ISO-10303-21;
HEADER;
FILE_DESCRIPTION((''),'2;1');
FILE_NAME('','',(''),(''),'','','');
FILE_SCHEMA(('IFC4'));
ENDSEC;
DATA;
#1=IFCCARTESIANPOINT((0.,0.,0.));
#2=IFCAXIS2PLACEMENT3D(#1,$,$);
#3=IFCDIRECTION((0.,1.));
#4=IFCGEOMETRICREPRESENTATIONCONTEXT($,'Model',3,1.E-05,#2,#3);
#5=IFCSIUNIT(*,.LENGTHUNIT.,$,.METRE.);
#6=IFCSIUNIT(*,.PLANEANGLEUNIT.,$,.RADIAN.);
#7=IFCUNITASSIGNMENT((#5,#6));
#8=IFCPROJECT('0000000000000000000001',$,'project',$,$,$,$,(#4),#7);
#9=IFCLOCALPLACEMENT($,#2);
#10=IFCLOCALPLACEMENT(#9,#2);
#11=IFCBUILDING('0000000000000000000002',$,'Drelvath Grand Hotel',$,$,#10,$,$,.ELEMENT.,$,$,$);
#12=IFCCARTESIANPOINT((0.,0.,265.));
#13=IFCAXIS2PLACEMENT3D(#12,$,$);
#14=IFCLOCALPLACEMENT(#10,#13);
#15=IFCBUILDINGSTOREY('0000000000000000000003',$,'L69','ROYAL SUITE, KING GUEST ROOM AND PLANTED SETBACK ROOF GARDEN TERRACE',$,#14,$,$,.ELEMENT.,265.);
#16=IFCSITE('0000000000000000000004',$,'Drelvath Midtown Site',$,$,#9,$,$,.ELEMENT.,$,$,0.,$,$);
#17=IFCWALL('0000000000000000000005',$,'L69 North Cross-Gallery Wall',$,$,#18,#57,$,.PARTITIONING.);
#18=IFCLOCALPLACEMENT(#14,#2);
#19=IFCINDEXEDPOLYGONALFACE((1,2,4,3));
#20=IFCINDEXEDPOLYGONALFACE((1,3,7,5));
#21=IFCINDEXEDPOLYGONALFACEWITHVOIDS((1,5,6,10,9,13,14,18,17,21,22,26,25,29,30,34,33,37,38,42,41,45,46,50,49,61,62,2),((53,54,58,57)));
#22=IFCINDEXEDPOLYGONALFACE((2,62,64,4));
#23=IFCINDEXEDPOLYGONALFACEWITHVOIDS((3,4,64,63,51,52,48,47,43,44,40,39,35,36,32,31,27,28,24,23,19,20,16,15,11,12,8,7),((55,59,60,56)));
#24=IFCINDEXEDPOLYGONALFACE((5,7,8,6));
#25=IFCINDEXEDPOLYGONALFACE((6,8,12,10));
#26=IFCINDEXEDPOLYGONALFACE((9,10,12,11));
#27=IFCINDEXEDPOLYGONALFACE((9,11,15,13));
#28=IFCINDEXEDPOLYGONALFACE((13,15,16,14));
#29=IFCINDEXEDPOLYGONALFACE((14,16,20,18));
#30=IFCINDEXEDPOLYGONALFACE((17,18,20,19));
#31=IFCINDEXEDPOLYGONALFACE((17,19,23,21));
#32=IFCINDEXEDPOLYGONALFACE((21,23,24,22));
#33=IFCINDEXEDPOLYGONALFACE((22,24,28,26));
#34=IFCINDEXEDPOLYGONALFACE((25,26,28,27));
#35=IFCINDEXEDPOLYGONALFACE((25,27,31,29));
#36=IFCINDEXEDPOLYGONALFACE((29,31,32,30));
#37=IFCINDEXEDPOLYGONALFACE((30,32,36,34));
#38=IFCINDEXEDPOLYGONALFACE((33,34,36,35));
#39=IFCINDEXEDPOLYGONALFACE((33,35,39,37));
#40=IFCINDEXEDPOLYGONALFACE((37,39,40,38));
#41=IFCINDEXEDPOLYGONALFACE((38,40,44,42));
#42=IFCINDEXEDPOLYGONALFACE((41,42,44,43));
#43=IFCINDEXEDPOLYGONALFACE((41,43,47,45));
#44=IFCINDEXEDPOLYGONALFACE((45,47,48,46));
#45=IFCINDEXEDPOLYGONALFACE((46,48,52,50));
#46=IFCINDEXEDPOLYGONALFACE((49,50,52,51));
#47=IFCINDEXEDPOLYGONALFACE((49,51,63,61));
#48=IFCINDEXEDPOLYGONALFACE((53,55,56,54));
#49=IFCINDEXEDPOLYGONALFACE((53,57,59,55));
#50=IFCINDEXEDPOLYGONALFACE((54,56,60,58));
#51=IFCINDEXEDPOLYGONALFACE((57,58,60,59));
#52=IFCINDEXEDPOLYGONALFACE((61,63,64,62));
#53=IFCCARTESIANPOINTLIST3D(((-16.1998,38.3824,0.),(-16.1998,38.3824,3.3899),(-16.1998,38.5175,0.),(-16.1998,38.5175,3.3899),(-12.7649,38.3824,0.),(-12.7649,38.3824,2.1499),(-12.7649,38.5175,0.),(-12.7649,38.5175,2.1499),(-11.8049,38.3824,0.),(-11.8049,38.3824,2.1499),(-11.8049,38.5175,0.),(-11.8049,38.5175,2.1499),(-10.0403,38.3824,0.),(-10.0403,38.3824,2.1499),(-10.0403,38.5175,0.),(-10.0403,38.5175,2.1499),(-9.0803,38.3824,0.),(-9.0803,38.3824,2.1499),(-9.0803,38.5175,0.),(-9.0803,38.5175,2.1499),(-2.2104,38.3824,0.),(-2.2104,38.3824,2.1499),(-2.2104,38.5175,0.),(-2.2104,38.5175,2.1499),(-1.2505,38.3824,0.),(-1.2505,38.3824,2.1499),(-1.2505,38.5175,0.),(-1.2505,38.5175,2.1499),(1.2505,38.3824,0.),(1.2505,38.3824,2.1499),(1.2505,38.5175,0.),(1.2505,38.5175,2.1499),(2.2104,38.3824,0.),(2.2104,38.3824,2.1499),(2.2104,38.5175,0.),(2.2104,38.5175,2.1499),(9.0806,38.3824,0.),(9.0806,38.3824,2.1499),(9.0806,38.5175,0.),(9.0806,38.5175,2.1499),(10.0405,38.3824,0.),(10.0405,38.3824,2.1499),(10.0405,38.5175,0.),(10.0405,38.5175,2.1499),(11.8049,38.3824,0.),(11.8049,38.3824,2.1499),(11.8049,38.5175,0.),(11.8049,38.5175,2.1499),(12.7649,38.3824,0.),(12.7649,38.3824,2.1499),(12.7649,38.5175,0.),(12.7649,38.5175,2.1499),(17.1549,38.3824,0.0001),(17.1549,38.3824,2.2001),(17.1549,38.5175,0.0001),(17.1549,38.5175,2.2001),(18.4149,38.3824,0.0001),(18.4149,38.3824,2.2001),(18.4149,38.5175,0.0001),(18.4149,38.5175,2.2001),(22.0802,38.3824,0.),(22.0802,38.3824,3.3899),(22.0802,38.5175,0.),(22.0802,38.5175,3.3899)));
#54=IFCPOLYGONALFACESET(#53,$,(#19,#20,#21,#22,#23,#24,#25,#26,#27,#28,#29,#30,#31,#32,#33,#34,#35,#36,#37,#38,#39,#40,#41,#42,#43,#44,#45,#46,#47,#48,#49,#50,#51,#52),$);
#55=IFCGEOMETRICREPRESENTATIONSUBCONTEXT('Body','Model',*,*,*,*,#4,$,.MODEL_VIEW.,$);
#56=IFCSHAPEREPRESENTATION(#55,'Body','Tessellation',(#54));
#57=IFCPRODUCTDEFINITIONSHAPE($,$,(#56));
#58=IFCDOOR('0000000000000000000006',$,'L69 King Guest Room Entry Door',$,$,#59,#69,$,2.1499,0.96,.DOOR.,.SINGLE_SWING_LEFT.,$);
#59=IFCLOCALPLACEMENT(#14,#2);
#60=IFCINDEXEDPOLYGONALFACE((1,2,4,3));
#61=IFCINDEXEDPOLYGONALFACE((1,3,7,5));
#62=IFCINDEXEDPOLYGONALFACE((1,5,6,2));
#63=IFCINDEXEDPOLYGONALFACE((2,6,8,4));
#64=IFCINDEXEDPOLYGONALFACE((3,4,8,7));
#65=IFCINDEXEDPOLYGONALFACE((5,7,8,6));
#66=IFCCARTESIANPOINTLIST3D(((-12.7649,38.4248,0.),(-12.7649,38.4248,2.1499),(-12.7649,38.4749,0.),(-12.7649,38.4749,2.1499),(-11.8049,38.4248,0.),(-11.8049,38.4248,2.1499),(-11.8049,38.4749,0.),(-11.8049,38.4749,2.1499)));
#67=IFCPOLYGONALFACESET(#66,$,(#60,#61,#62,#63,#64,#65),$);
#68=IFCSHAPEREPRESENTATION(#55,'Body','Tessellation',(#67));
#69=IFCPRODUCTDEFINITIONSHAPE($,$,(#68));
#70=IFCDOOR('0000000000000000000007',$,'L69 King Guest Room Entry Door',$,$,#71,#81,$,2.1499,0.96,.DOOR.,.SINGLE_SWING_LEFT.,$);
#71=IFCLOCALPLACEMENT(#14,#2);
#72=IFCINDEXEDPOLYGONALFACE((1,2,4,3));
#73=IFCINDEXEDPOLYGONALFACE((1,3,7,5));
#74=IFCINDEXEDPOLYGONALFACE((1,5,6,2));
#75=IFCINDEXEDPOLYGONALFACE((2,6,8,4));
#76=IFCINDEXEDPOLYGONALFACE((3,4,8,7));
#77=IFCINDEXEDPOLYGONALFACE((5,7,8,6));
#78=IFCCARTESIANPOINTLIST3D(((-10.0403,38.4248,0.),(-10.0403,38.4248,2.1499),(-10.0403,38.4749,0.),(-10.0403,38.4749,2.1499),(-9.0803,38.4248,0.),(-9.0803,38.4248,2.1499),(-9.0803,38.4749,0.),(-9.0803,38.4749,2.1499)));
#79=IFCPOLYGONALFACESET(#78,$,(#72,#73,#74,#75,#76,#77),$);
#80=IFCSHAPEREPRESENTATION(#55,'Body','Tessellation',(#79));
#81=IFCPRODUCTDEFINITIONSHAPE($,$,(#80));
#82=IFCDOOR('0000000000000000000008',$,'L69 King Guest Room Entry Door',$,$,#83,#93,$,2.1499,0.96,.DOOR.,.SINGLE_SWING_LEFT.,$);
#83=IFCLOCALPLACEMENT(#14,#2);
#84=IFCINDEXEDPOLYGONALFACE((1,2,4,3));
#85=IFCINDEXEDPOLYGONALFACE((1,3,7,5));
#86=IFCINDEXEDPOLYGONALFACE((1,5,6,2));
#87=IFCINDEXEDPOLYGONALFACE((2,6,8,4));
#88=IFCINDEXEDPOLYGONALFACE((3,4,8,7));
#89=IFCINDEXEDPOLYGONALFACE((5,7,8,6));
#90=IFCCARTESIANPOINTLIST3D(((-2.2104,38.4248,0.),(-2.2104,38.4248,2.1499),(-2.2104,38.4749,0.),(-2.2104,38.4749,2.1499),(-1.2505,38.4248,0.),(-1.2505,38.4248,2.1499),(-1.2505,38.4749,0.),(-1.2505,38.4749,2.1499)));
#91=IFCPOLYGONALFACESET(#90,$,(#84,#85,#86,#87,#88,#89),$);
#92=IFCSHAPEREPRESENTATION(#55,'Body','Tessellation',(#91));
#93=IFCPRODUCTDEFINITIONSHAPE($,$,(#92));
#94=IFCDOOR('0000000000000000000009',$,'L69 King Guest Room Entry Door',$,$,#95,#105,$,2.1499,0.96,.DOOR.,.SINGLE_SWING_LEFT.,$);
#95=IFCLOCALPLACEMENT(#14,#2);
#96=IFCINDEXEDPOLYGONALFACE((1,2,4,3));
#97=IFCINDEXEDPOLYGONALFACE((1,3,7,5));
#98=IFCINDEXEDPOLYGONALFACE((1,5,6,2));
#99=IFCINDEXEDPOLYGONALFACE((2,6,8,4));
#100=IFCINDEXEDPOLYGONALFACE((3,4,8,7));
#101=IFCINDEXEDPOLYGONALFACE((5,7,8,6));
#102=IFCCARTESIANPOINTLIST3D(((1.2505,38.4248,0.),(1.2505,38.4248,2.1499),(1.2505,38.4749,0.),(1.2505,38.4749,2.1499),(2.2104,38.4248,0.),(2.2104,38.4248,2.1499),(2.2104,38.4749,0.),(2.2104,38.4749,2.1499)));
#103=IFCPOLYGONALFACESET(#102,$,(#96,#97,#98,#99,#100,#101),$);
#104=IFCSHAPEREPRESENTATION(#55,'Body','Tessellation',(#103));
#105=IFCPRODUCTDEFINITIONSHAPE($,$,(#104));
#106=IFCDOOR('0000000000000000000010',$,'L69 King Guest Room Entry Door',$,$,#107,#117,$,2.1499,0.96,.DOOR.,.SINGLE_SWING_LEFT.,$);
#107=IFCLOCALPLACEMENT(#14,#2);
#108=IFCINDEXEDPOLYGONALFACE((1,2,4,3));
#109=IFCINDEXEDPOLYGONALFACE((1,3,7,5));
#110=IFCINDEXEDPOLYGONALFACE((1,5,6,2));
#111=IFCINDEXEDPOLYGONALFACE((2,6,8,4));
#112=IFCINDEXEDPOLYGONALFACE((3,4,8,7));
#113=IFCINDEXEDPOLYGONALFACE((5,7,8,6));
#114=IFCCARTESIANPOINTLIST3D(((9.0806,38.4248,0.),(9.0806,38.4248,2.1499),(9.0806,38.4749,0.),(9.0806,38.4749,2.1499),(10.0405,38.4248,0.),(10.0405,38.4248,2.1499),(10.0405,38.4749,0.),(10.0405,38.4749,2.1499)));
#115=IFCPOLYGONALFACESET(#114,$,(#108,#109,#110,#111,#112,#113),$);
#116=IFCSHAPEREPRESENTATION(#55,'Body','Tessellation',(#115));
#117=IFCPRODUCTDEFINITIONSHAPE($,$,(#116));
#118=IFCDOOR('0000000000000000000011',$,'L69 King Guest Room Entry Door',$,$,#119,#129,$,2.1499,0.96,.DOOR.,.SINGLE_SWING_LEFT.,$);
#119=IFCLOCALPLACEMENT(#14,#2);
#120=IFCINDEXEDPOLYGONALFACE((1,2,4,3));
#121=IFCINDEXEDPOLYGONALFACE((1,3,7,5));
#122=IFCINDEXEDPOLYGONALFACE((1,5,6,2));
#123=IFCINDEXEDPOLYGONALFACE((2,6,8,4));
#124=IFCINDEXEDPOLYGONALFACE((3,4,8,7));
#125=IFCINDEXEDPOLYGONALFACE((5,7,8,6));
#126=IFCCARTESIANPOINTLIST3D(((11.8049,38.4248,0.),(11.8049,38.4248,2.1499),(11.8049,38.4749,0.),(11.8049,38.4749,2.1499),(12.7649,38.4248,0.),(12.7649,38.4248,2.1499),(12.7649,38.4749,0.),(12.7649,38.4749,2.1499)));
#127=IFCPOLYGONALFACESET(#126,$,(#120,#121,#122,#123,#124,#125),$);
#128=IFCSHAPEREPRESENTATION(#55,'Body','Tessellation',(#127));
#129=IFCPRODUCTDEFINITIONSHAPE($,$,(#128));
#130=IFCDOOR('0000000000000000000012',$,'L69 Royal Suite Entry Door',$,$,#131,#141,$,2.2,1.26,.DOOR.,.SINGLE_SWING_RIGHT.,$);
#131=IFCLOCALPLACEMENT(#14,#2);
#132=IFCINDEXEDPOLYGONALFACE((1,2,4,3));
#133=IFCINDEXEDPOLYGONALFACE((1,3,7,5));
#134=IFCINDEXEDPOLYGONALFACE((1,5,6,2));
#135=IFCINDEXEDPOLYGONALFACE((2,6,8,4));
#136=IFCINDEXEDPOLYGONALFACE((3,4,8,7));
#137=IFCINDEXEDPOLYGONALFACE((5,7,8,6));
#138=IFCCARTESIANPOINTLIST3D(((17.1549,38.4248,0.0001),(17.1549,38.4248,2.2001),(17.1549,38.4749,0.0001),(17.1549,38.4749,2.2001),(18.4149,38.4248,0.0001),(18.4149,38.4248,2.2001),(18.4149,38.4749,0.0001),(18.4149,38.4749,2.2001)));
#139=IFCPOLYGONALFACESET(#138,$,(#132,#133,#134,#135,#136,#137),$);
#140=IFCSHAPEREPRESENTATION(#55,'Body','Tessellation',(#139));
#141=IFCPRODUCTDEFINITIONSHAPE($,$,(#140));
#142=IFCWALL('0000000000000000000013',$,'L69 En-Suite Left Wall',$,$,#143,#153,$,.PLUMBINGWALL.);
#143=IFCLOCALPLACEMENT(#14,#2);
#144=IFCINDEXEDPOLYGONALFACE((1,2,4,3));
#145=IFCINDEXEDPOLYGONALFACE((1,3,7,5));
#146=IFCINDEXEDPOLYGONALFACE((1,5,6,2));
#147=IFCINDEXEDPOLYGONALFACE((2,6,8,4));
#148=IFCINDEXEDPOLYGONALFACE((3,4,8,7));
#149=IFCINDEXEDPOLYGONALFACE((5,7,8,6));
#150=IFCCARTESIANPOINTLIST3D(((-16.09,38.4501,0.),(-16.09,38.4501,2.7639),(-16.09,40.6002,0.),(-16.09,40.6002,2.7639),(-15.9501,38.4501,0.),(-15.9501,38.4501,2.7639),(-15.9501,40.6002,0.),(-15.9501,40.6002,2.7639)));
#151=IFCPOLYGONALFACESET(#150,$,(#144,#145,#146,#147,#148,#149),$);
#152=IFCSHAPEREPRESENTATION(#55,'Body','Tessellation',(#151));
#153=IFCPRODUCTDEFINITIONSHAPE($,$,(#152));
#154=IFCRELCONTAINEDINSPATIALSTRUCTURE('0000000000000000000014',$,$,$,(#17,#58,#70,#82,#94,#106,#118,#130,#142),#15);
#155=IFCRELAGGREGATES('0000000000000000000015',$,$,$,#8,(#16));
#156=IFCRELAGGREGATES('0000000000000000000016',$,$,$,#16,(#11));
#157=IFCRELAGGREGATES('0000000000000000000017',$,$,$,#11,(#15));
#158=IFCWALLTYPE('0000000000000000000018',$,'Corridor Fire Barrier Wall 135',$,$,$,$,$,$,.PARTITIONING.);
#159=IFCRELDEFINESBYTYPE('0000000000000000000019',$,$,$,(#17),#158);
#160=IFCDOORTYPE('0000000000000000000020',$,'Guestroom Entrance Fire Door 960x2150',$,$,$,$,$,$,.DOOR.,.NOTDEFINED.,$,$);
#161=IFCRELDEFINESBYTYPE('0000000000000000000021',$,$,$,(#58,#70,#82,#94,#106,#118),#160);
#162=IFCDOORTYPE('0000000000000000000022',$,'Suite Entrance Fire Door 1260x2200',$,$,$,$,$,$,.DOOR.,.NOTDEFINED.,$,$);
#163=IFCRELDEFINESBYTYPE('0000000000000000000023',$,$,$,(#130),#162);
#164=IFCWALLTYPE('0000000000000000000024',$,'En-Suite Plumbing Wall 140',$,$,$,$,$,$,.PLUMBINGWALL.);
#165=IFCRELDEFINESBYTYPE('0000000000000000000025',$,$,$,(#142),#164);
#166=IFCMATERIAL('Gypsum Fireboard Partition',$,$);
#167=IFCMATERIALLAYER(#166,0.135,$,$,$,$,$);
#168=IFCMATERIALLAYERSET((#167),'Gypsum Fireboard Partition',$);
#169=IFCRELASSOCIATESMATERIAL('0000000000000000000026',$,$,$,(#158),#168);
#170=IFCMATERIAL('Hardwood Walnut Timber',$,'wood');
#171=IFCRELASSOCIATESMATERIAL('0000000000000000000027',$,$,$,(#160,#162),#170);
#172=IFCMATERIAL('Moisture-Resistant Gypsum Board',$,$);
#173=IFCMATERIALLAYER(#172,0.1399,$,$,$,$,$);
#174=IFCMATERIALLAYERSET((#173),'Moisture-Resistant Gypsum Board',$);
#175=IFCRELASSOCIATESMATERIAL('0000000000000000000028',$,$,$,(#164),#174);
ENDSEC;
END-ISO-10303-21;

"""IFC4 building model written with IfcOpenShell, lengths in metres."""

from ifc_helpers import new_model, si_unit, direction, frame, frame_2d, origin, place, context, subcontext, project, spatial, rectangle, extrude, material, layer, layer_set, type_object, element, fill, save


model = new_model("IFC4")

# Units and contexts
model_context = context("Model", 3, precision=1e-05, world=origin(), true_north=direction((0.0, 1.0)))
body_context = subcontext(model_context, "Body", "Model", "MODEL_VIEW")
ifc_project = project(units=[si_unit("LENGTHUNIT", "METRE"), si_unit("PLANEANGLEUNIT", "RADIAN")], contexts=[model_context])

# Site, building, storey
site_placement = place(None, origin())
site = spatial("IfcSite", under=ifc_project, at=site_placement, Name="Drelvath Midtown Site", CompositionType="ELEMENT", RefElevation=0.0)
building_placement = place(site_placement, origin())
building = spatial("IfcBuilding", under=site, at=building_placement, Name="Drelvath Grand Hotel", CompositionType="ELEMENT")
storey_placement = place(building_placement, frame((0.0, 0.0, 265.0)))
storey = spatial("IfcBuildingStorey", under=building, at=storey_placement, Name="L69", Description="ROYAL SUITE, KING GUEST ROOM AND PLANTED SETBACK ROOF GARDEN TERRACE", CompositionType="ELEMENT", Elevation=265.0)

# Wall, openings, doors
ifc_material_1 = material(Name="Gypsum Fireboard Partition")
ifc_layer_1 = layer(ifc_material_1, 0.135)
ifc_layer_set_1 = layer_set([ifc_layer_1], Name="Gypsum Fireboard Partition")
wall_type_1 = type_object("IfcWallType", Name="Corridor Fire Barrier Wall 135", PredefinedType="PARTITIONING", material=ifc_layer_set_1)
wall_1_placement = place(storey_placement, frame((-16.2, 38.45, 0.0), z_axis=(0.0, 0.0, 1.0), x_axis=(1.0, 0.0, 0.0)))
wall_1 = element("IfcWall", 1, at=wall_1_placement, inside=storey, type_object=wall_type_1, Name="L69 North Cross-Gallery Wall", PredefinedType="PARTITIONING", context=body_context, shape_type="SweptSolid", body=[
    extrude(rectangle(XDim=38.28, YDim=0.135, at=frame_2d((19.1401, 0.0))), origin(), (0.0, 0.0, 1.0), 3.3899),
])
opening_1_placement = place(wall_1_placement, frame((33.355, 0.0, 0.0)))
opening_1 = element("IfcOpeningElement", 2, at=opening_1_placement, cuts=wall_1, PredefinedType="OPENING", context=body_context, shape_type="SweptSolid", body=[
    extrude(rectangle(XDim=1.26, YDim=2.2, at=frame_2d((0.6299, 1.1001))), frame((0.0, 0.0774, 0.0), z_axis=(0.0, -1.0, 0.0), x_axis=(1.0, 0.0, 0.0)), (0.0, 0.0, 1.0), 0.155),
])
opening_2_placement = place(wall_1_placement, frame((3.4351, 0.0, 0.0)))
opening_2 = element("IfcOpeningElement", 3, at=opening_2_placement, cuts=wall_1, PredefinedType="OPENING", context=body_context, shape_type="SweptSolid", body=[
    extrude(rectangle(XDim=0.96, YDim=2.1499, at=frame_2d((0.48, 1.075))), frame((0.0, 0.0774, 0.0), z_axis=(0.0, -1.0, 0.0), x_axis=(1.0, 0.0, 0.0)), (0.0, 0.0, 1.0), 0.155),
])
opening_3_placement = place(wall_1_placement, frame((6.1597, 0.0, 0.0)))
opening_3 = element("IfcOpeningElement", 4, at=opening_3_placement, cuts=wall_1, PredefinedType="OPENING", context=body_context, shape_type="SweptSolid", body=[
    extrude(rectangle(XDim=0.96, YDim=2.1499, at=frame_2d((0.48, 1.075))), frame((0.0, 0.0774, 0.0), z_axis=(0.0, -1.0, 0.0), x_axis=(1.0, 0.0, 0.0)), (0.0, 0.0, 1.0), 0.155),
])
opening_4_placement = place(wall_1_placement, frame((13.9895, 0.0, 0.0)))
opening_4 = element("IfcOpeningElement", 5, at=opening_4_placement, cuts=wall_1, PredefinedType="OPENING", context=body_context, shape_type="SweptSolid", body=[
    extrude(rectangle(XDim=0.96, YDim=2.1499, at=frame_2d((0.48, 1.075))), frame((0.0, 0.0774, 0.0), z_axis=(0.0, -1.0, 0.0), x_axis=(1.0, 0.0, 0.0)), (0.0, 0.0, 1.0), 0.155),
])
opening_5_placement = place(wall_1_placement, frame((17.4504, 0.0, 0.0)))
opening_5 = element("IfcOpeningElement", 6, at=opening_5_placement, cuts=wall_1, PredefinedType="OPENING", context=body_context, shape_type="SweptSolid", body=[
    extrude(rectangle(XDim=0.96, YDim=2.1499, at=frame_2d((0.48, 1.075))), frame((0.0, 0.0774, 0.0), z_axis=(0.0, -1.0, 0.0), x_axis=(1.0, 0.0, 0.0)), (0.0, 0.0, 1.0), 0.155),
])
opening_6_placement = place(wall_1_placement, frame((25.2805, 0.0, 0.0)))
opening_6 = element("IfcOpeningElement", 7, at=opening_6_placement, cuts=wall_1, PredefinedType="OPENING", context=body_context, shape_type="SweptSolid", body=[
    extrude(rectangle(XDim=0.96, YDim=2.1499, at=frame_2d((0.48, 1.075))), frame((0.0, 0.0774, 0.0), z_axis=(0.0, -1.0, 0.0), x_axis=(1.0, 0.0, 0.0)), (0.0, 0.0, 1.0), 0.155),
])
opening_7_placement = place(wall_1_placement, frame((28.0049, 0.0, 0.0)))
opening_7 = element("IfcOpeningElement", 8, at=opening_7_placement, cuts=wall_1, PredefinedType="OPENING", context=body_context, shape_type="SweptSolid", body=[
    extrude(rectangle(XDim=0.96, YDim=2.1499, at=frame_2d((0.48, 1.075))), frame((0.0, 0.0774, 0.0), z_axis=(0.0, -1.0, 0.0), x_axis=(1.0, 0.0, 0.0)), (0.0, 0.0, 1.0), 0.155),
])
ifc_material_2 = material(Name="Hardwood Walnut Timber", Category="wood")
door_type_1 = type_object("IfcDoorType", Name="Guestroom Entrance Fire Door 960x2150", OperationType="NOTDEFINED", PredefinedType="DOOR", material=ifc_material_2)
door_1_placement = place(opening_2_placement, origin())
door_1 = element("IfcDoor", 9, at=door_1_placement, inside=storey, type_object=door_type_1, Name="L69 King Guest Room Entry Door", OperationType="SINGLE_SWING_LEFT", OverallHeight=2.1499, OverallWidth=0.96, PredefinedType="DOOR", context=body_context, shape_type="SweptSolid", body=[
    extrude(rectangle(XDim=0.96, YDim=2.1499, at=frame_2d((0.48, 1.075))), frame((0.0, 0.0249, 0.0), z_axis=(0.0, -1.0, 0.0), x_axis=(1.0, 0.0, 0.0)), (0.0, 0.0, 1.0), 0.05),
])
fill(opening_2, door_1)
door_2_placement = place(opening_3_placement, origin())
door_2 = element("IfcDoor", 10, at=door_2_placement, inside=storey, type_object=door_type_1, Name="L69 King Guest Room Entry Door", OperationType="SINGLE_SWING_LEFT", OverallHeight=2.1499, OverallWidth=0.96, PredefinedType="DOOR", context=body_context, shape_type="SweptSolid", body=[
    extrude(rectangle(XDim=0.96, YDim=2.1499, at=frame_2d((0.48, 1.075))), frame((0.0, 0.0249, 0.0), z_axis=(0.0, -1.0, 0.0), x_axis=(1.0, 0.0, 0.0)), (0.0, 0.0, 1.0), 0.05),
])
fill(opening_3, door_2)
door_3_placement = place(opening_4_placement, origin())
door_3 = element("IfcDoor", 11, at=door_3_placement, inside=storey, type_object=door_type_1, Name="L69 King Guest Room Entry Door", OperationType="SINGLE_SWING_LEFT", OverallHeight=2.1499, OverallWidth=0.96, PredefinedType="DOOR", context=body_context, shape_type="SweptSolid", body=[
    extrude(rectangle(XDim=0.96, YDim=2.1499, at=frame_2d((0.48, 1.075))), frame((0.0, 0.0249, 0.0), z_axis=(0.0, -1.0, 0.0), x_axis=(1.0, 0.0, 0.0)), (0.0, 0.0, 1.0), 0.05),
])
fill(opening_4, door_3)
door_4_placement = place(opening_5_placement, origin())
door_4 = element("IfcDoor", 12, at=door_4_placement, inside=storey, type_object=door_type_1, Name="L69 King Guest Room Entry Door", OperationType="SINGLE_SWING_LEFT", OverallHeight=2.1499, OverallWidth=0.96, PredefinedType="DOOR", context=body_context, shape_type="SweptSolid", body=[
    extrude(rectangle(XDim=0.96, YDim=2.1499, at=frame_2d((0.48, 1.075))), frame((0.0, 0.0249, 0.0), z_axis=(0.0, -1.0, 0.0), x_axis=(1.0, 0.0, 0.0)), (0.0, 0.0, 1.0), 0.05),
])
fill(opening_5, door_4)
door_5_placement = place(opening_6_placement, origin())
door_5 = element("IfcDoor", 13, at=door_5_placement, inside=storey, type_object=door_type_1, Name="L69 King Guest Room Entry Door", OperationType="SINGLE_SWING_LEFT", OverallHeight=2.1499, OverallWidth=0.96, PredefinedType="DOOR", context=body_context, shape_type="SweptSolid", body=[
    extrude(rectangle(XDim=0.96, YDim=2.1499, at=frame_2d((0.48, 1.075))), frame((0.0, 0.0249, 0.0), z_axis=(0.0, -1.0, 0.0), x_axis=(1.0, 0.0, 0.0)), (0.0, 0.0, 1.0), 0.05),
])
fill(opening_6, door_5)
door_6_placement = place(opening_7_placement, origin())
door_6 = element("IfcDoor", 14, at=door_6_placement, inside=storey, type_object=door_type_1, Name="L69 King Guest Room Entry Door", OperationType="SINGLE_SWING_LEFT", OverallHeight=2.1499, OverallWidth=0.96, PredefinedType="DOOR", context=body_context, shape_type="SweptSolid", body=[
    extrude(rectangle(XDim=0.96, YDim=2.1499, at=frame_2d((0.48, 1.075))), frame((0.0, 0.0249, 0.0), z_axis=(0.0, -1.0, 0.0), x_axis=(1.0, 0.0, 0.0)), (0.0, 0.0, 1.0), 0.05),
])
fill(opening_7, door_6)
door_type_2 = type_object("IfcDoorType", Name="Suite Entrance Fire Door 1260x2200", OperationType="NOTDEFINED", PredefinedType="DOOR", material=ifc_material_2)
door_7_placement = place(opening_1_placement, origin())
door_7 = element("IfcDoor", 15, at=door_7_placement, inside=storey, type_object=door_type_2, Name="L69 Royal Suite Entry Door", OperationType="SINGLE_SWING_RIGHT", OverallHeight=2.2, OverallWidth=1.26, PredefinedType="DOOR", context=body_context, shape_type="SweptSolid", body=[
    extrude(rectangle(XDim=1.26, YDim=2.2, at=frame_2d((0.6299, 1.1001))), frame((0.0, 0.0249, 0.0), z_axis=(0.0, -1.0, 0.0), x_axis=(1.0, 0.0, 0.0)), (0.0, 0.0, 1.0), 0.05),
])
fill(opening_1, door_7)

# Wall
ifc_material_3 = material(Name="Moisture-Resistant Gypsum Board")
ifc_layer_2 = layer(ifc_material_3, 0.1399)
ifc_layer_set_2 = layer_set([ifc_layer_2], Name="Moisture-Resistant Gypsum Board")
wall_type_2 = type_object("IfcWallType", Name="En-Suite Plumbing Wall 140", PredefinedType="PLUMBINGWALL", material=ifc_layer_set_2)
wall_2_placement = place(storey_placement, frame((-16.02, 38.45, 0.0), z_axis=(0.0, 0.0, 1.0), x_axis=(0.0, 1.0, 0.0)))
element("IfcWall", 16, at=wall_2_placement, inside=storey, type_object=wall_type_2, Name="L69 En-Suite Left Wall", PredefinedType="PLUMBINGWALL", context=body_context, shape_type="SweptSolid", body=[
    extrude(rectangle(XDim=2.1501, YDim=0.1399, at=frame_2d((1.0752, 0.0))), origin(), (0.0, 0.0, 1.0), 2.7639),
])

save(model, "model.ifc")
